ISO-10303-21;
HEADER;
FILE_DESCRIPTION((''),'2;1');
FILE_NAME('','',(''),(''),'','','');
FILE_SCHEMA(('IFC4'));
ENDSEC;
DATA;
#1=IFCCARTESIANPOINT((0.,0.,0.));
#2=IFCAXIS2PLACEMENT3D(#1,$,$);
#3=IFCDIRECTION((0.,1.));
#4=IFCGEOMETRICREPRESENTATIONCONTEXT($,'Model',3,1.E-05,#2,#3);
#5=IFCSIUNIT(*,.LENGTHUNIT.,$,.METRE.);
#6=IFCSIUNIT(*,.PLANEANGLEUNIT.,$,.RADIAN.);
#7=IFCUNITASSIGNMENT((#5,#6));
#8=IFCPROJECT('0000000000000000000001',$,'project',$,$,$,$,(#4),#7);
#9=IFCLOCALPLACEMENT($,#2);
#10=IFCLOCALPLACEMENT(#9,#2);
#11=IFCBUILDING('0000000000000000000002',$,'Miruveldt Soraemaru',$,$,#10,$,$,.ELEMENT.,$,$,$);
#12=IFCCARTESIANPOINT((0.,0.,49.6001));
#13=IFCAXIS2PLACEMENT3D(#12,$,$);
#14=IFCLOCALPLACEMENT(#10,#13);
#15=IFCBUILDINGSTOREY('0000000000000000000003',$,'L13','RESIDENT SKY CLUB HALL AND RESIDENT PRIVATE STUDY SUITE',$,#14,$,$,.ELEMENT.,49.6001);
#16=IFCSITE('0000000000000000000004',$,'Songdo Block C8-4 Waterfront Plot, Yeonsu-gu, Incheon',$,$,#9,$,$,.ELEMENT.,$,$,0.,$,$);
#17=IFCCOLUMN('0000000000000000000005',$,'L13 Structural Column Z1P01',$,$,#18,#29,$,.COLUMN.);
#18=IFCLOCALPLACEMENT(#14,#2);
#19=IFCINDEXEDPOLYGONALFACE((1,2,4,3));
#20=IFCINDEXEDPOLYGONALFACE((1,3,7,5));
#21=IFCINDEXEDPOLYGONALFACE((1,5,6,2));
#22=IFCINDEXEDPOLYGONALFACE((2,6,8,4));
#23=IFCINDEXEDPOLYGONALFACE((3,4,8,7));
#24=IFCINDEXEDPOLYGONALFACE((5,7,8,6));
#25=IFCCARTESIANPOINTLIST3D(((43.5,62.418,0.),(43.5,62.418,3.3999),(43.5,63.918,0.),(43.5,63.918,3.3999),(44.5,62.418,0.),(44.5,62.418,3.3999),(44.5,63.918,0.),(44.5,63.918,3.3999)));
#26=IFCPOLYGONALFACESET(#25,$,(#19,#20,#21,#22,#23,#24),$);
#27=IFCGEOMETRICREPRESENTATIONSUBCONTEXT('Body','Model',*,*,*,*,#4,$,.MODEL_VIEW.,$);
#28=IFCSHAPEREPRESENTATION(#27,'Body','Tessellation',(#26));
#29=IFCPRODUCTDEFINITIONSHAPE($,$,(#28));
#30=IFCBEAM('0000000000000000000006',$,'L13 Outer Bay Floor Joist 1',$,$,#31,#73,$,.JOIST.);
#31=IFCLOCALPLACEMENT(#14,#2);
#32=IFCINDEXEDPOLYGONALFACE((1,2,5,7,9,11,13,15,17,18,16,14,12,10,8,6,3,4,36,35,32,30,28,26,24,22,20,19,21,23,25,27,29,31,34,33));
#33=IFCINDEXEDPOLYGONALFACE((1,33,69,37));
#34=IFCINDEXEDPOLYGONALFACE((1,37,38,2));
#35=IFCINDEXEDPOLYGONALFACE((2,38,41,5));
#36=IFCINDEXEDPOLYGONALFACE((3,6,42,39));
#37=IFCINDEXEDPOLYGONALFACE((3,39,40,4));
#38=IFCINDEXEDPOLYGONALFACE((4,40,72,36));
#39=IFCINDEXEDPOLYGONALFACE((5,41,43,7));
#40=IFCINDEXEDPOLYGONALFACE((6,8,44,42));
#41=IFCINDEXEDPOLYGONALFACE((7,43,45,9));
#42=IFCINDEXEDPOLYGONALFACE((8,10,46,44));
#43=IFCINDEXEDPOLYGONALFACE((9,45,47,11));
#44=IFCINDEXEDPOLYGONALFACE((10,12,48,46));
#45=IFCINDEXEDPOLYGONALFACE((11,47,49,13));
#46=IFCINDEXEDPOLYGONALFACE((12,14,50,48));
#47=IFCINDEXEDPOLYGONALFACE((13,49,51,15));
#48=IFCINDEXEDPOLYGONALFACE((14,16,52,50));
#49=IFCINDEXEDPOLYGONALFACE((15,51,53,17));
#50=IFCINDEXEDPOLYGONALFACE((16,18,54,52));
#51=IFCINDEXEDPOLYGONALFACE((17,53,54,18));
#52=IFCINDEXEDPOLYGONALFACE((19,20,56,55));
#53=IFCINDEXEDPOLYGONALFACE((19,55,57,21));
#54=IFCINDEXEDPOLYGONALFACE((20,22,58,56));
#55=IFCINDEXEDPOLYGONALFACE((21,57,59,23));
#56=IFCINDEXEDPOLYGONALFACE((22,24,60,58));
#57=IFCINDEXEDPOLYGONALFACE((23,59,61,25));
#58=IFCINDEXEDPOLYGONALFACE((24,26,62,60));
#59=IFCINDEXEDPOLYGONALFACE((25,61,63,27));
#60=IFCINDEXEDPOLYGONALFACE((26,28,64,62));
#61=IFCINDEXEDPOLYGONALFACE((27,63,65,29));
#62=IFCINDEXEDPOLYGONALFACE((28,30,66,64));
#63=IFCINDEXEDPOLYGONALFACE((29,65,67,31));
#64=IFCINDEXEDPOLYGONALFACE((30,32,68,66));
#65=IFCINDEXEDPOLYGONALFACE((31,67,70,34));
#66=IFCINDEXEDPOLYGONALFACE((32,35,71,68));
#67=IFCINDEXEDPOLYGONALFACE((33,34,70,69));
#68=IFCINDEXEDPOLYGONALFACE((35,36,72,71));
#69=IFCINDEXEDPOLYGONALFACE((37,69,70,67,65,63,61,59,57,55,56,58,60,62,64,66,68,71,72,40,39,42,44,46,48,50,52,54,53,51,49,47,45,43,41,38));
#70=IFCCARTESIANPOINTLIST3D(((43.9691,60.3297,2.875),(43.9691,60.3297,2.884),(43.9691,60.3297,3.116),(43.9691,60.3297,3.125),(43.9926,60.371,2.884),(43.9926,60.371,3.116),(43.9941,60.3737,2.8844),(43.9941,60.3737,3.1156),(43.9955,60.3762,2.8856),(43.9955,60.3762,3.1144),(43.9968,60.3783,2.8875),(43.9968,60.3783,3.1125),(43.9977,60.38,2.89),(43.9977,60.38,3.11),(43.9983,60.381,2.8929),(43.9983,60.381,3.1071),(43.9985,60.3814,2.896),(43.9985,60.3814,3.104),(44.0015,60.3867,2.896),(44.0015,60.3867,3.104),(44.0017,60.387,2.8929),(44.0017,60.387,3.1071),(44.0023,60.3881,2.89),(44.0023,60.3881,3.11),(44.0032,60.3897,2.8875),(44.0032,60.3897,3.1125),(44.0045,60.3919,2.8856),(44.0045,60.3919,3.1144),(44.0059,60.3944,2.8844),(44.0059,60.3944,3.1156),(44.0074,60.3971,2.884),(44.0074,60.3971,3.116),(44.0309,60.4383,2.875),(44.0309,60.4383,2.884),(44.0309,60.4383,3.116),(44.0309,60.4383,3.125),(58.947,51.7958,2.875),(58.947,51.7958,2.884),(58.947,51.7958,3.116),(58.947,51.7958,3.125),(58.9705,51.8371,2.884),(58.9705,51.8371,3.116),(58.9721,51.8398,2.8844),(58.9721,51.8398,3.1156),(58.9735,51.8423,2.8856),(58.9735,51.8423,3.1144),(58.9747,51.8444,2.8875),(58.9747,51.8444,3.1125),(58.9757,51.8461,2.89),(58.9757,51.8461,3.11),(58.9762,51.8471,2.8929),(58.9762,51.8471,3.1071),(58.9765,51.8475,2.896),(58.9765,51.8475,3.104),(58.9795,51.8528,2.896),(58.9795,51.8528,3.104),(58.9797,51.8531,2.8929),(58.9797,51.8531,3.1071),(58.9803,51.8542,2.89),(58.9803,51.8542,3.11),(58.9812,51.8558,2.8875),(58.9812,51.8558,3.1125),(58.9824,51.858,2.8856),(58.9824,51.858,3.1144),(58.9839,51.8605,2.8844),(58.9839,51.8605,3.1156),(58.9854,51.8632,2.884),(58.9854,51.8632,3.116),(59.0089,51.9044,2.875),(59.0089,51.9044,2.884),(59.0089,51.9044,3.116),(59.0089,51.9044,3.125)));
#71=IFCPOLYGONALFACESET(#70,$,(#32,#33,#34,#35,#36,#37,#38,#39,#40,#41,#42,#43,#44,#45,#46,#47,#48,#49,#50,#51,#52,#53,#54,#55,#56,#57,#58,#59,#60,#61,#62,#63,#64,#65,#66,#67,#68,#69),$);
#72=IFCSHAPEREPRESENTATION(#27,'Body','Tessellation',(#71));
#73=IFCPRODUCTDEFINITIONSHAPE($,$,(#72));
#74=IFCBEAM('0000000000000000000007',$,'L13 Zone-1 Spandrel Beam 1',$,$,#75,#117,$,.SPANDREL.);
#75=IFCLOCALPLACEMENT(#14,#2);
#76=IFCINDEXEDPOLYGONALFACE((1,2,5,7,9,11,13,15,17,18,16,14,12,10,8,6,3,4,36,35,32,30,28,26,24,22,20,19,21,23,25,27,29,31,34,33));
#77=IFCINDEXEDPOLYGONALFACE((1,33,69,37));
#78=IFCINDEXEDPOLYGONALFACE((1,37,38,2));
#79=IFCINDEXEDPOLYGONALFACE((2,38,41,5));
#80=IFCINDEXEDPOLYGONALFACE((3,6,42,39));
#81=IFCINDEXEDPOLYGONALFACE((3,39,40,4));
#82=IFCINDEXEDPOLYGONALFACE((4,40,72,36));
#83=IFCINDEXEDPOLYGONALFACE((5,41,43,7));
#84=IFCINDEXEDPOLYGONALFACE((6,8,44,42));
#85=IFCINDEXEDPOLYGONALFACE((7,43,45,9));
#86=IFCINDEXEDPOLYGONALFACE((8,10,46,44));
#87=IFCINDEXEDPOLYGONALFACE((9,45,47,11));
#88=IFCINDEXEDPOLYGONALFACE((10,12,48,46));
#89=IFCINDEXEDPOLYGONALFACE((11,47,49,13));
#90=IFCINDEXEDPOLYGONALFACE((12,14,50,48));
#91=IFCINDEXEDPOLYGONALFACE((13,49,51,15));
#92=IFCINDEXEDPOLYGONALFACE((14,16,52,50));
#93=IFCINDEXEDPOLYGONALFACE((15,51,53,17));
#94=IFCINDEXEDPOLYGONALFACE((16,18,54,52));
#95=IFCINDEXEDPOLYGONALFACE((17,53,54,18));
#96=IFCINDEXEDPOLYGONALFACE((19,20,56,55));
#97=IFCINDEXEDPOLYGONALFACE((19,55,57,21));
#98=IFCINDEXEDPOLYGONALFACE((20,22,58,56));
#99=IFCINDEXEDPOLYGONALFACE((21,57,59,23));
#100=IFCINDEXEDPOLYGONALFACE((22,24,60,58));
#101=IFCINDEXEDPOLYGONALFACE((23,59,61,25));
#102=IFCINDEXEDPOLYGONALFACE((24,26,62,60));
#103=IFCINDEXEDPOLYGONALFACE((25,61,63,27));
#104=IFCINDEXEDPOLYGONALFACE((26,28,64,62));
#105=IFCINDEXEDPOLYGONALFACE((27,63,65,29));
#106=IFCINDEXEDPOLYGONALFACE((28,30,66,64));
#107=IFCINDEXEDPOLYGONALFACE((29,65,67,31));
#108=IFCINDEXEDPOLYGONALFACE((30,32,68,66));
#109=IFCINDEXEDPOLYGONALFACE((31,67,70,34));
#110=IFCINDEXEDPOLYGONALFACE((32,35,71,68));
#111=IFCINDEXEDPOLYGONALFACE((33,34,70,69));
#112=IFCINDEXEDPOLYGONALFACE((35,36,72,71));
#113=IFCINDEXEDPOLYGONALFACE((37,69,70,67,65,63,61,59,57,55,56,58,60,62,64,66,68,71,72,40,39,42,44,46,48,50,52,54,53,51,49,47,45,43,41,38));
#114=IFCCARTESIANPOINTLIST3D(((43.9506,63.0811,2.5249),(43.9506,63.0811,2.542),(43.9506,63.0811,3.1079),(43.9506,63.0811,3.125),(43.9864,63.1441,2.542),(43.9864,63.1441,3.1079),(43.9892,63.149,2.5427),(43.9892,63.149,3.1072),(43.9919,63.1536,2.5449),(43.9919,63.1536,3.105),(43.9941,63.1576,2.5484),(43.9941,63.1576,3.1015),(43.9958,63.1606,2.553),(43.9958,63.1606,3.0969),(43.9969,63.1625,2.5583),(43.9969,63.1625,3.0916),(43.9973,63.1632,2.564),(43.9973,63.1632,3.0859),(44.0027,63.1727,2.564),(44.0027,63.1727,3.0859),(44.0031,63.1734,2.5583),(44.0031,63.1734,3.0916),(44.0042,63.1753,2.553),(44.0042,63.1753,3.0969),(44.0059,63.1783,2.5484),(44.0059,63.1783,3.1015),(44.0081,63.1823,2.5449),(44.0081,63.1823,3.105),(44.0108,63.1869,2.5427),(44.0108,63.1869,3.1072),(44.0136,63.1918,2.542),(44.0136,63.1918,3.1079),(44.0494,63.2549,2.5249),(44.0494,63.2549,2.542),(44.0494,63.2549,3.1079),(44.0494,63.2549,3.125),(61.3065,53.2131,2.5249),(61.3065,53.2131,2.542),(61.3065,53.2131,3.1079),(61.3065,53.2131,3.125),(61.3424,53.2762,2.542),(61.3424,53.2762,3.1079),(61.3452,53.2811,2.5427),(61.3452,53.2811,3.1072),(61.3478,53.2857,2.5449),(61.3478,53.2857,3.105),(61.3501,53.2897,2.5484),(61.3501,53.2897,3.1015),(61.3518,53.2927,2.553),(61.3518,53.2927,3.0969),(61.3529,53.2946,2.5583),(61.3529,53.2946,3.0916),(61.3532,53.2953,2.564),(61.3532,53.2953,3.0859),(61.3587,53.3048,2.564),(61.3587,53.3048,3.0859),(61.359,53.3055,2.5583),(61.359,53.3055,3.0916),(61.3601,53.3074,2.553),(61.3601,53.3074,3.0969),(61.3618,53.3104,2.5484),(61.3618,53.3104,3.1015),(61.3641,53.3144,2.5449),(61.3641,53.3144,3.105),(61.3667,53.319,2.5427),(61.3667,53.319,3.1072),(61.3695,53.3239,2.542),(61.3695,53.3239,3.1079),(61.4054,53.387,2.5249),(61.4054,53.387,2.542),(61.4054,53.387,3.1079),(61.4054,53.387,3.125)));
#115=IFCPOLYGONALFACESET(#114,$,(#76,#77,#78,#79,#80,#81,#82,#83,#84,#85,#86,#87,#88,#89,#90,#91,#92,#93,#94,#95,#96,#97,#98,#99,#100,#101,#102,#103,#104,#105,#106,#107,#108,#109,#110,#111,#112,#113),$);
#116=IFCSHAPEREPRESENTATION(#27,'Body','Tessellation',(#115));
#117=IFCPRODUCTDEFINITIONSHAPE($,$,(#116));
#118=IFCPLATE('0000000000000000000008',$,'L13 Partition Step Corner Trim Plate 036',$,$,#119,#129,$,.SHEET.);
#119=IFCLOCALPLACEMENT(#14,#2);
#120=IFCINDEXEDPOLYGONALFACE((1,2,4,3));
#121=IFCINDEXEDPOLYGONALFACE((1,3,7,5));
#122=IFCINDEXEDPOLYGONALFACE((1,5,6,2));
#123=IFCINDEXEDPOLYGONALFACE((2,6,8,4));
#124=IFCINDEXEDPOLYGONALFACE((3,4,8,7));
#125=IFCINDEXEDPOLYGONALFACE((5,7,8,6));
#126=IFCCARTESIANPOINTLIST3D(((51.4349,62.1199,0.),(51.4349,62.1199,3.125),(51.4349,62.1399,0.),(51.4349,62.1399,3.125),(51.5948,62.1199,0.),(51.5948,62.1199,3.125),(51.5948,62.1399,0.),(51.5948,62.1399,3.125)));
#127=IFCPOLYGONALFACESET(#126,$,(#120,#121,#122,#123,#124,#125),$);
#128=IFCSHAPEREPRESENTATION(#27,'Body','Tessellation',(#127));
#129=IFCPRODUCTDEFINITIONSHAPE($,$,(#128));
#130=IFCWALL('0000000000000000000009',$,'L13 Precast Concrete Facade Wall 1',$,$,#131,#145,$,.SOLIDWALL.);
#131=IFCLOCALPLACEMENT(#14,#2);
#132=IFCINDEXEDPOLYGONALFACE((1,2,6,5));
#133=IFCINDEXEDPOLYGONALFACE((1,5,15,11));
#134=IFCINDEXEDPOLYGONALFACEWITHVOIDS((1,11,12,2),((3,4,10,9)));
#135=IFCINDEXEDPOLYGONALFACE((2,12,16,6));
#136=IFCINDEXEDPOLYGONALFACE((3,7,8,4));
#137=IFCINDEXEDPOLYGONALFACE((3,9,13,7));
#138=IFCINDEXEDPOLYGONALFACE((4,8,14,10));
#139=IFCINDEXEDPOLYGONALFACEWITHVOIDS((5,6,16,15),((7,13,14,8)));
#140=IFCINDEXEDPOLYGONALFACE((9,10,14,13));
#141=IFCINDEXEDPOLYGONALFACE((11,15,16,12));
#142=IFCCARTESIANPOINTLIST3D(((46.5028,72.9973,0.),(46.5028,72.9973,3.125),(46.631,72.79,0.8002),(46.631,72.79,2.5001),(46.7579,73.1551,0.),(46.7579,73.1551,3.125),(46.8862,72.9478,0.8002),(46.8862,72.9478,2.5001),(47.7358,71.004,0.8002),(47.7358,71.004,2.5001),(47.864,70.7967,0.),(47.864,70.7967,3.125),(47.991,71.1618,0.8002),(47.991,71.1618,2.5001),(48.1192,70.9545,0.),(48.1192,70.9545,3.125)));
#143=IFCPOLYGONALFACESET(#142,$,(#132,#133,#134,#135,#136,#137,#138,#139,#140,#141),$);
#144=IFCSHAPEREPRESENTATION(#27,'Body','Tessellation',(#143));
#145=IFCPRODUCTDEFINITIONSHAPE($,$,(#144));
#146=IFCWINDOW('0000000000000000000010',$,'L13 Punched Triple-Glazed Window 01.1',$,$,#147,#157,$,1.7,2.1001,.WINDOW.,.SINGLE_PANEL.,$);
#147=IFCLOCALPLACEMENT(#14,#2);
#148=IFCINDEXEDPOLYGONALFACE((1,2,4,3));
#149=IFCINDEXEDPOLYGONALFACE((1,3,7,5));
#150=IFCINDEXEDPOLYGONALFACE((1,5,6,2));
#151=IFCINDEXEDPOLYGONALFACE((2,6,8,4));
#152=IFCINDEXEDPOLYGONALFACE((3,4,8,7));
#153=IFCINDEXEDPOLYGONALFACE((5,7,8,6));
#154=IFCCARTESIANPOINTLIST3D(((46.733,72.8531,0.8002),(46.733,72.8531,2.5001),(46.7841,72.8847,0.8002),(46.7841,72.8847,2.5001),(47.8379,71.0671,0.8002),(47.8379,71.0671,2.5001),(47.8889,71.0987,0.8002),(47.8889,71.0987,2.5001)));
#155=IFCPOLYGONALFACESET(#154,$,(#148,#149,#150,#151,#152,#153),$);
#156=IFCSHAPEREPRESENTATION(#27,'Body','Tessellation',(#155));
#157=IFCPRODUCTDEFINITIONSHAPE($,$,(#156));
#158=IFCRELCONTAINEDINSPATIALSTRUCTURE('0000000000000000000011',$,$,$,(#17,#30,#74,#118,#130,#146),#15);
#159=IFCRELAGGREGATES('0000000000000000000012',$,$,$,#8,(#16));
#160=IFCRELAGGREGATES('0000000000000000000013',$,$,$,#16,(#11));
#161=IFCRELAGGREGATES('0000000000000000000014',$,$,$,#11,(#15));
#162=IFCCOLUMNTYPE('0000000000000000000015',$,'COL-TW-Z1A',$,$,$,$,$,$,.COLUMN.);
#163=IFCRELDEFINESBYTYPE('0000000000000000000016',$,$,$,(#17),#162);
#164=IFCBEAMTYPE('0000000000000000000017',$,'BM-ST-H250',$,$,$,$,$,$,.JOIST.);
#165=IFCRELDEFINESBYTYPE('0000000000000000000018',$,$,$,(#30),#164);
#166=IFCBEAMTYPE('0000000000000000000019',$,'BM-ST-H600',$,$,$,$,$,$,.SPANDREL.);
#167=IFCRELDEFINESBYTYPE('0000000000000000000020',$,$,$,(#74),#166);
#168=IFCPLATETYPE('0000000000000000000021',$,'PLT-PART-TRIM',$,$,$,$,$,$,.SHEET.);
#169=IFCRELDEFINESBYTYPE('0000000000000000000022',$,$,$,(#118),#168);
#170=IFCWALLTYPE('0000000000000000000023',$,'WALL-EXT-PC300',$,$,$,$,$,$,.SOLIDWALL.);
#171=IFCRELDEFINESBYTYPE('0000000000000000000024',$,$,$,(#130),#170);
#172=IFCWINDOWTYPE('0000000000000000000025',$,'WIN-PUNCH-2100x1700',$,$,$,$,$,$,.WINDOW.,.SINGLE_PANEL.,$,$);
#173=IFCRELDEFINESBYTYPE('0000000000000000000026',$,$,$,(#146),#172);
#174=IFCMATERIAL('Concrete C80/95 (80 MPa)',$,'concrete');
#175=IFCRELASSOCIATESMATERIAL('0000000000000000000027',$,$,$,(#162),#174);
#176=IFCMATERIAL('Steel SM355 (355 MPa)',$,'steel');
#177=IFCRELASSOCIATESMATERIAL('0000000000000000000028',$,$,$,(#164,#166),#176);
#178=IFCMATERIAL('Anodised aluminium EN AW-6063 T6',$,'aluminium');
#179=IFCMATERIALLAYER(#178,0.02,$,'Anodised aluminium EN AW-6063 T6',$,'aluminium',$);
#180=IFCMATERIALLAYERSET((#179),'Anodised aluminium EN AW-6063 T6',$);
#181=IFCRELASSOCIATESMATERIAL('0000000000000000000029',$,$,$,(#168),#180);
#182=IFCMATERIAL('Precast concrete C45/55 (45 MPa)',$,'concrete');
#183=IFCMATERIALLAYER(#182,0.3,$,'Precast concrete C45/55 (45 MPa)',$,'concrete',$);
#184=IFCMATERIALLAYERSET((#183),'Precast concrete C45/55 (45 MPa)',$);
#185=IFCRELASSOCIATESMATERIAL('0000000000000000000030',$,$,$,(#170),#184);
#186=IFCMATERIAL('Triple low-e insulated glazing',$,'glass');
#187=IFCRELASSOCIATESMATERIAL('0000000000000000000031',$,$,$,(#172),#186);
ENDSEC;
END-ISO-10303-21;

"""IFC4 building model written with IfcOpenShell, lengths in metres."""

from ifc_helpers import new_model, si_unit, direction, frame, frame_2d, origin, origin_2d, place, context, subcontext, project, spatial, rectangle, i_section, extrude, material, layer, layer_set, material_profile, profile_set, type_object, element, fill, save


model = new_model("IFC4")

# Units and contexts
model_context = context("Model", 3, precision=1e-05, world=origin(), true_north=direction((0.0, 1.0)))
body_context = subcontext(model_context, "Body", "Model", "MODEL_VIEW")
ifc_project = project(units=[si_unit("LENGTHUNIT", "METRE"), si_unit("PLANEANGLEUNIT", "RADIAN")], contexts=[model_context])

# Site, building, storey
site_placement = place(None, origin())
site = spatial("IfcSite", under=ifc_project, at=site_placement, Name="Songdo Block C8-4 Waterfront Plot, Yeonsu-gu, Incheon", CompositionType="ELEMENT", RefElevation=0.0)
building_placement = place(site_placement, origin())
building = spatial("IfcBuilding", under=site, at=building_placement, Name="Miruveldt Soraemaru", CompositionType="ELEMENT")
storey_placement = place(building_placement, frame((0.0, 0.0, 49.6001)))
storey = spatial("IfcBuildingStorey", under=building, at=storey_placement, Name="L13", Description="RESIDENT SKY CLUB HALL AND RESIDENT PRIVATE STUDY SUITE", CompositionType="ELEMENT", Elevation=49.6001)

# Column
ifc_material_1 = material(Name="Concrete C80/95 (80 MPa)", Category="concrete")
ifc_material_profile_1 = material_profile(ifc_material_1, rectangle(XDim=1.5, YDim=1.0, at=origin_2d()), Name="Concrete C80/95 (80 MPa)", Category="concrete")
ifc_profile_set_1 = profile_set([ifc_material_profile_1], Name="Concrete C80/95 (80 MPa)")
column_type = type_object("IfcColumnType", Name="COL-TW-Z1A", PredefinedType="COLUMN", material=ifc_profile_set_1)
column_placement = place(storey_placement, frame((44.0, 63.168, 0.0), z_axis=(0.0, 0.0, 1.0), x_axis=(0.0, 1.0, 0.0)))
element("IfcColumn", 1, at=column_placement, inside=storey, type_object=column_type, Name="L13 Structural Column Z1P01", PredefinedType="COLUMN", context=body_context, shape_type="SweptSolid", body=[
    extrude(rectangle(XDim=1.5, YDim=1.0, at=origin_2d()), origin(), (0.0, 0.0, 1.0), 3.3999),
])

# Beams
ifc_material_2 = material(Name="Steel SM355 (355 MPa)", Category="steel")
ifc_material_profile_2 = material_profile(ifc_material_2, i_section(OverallWidth=0.125, OverallDepth=0.25, WebThickness=0.0061, FlangeThickness=0.009, FilletRadius=0.012, at=origin_2d()), Name="Steel SM355 (355 MPa)", Category="steel")
ifc_profile_set_2 = profile_set([ifc_material_profile_2], Name="Steel SM355 (355 MPa)")
beam_type_1 = type_object("IfcBeamType", Name="BM-ST-H250", PredefinedType="JOIST", material=ifc_profile_set_2)
beam_1_placement = place(storey_placement, frame((44.0, 60.384, 3.0), z_axis=(0.868866, -0.495048, 0.0), x_axis=(0.495048, 0.868866, 0.0)))
element("IfcBeam", 2, at=beam_1_placement, inside=storey, type_object=beam_type_1, Name="L13 Outer Bay Floor Joist 1", PredefinedType="JOIST", context=body_context, shape_type="SweptSolid", body=[
    extrude(i_section(OverallWidth=0.125, OverallDepth=0.25, WebThickness=0.0061, FlangeThickness=0.009, FilletRadius=0.012, at=origin_2d()), origin(), (0.0, 0.0, 1.0), 17.2385),
])
ifc_material_profile_3 = material_profile(ifc_material_2, i_section(OverallWidth=0.2, OverallDepth=0.6001, WebThickness=0.011, FlangeThickness=0.0171, FilletRadius=0.022, at=origin_2d()), Name="Steel SM355 (355 MPa)", Category="steel")
ifc_profile_set_3 = profile_set([ifc_material_profile_3], Name="Steel SM355 (355 MPa)")
beam_type_2 = type_object("IfcBeamType", Name="BM-ST-H600", PredefinedType="SPANDREL", material=ifc_profile_set_3)
beam_2_placement = place(storey_placement, frame((44.0, 63.168, 2.825), z_axis=(0.869315, -0.494259, 0.0), x_axis=(0.494259, 0.869315, 0.0)))
element("IfcBeam", 3, at=beam_2_placement, inside=storey, type_object=beam_type_2, Name="L13 Zone-1 Spandrel Beam 1", PredefinedType="SPANDREL", context=body_context, shape_type="SweptSolid", body=[
    extrude(i_section(OverallWidth=0.2, OverallDepth=0.6001, WebThickness=0.011, FlangeThickness=0.0171, FilletRadius=0.022, at=origin_2d()), origin(), (0.0, 0.0, 1.0), 19.9651),
])

# Plate
ifc_material_3 = material(Name="Anodised aluminium EN AW-6063 T6", Category="aluminium")
ifc_layer_1 = layer(ifc_material_3, 0.02, Name="Anodised aluminium EN AW-6063 T6", Category="aluminium")
ifc_layer_set_1 = layer_set([ifc_layer_1], Name="Anodised aluminium EN AW-6063 T6")
plate_type = type_object("IfcPlateType", Name="PLT-PART-TRIM", PredefinedType="SHEET", material=ifc_layer_set_1)
plate_placement = place(storey_placement, frame((51.5149, 62.1299, 0.0), z_axis=(0.0, 0.0, 1.0), x_axis=(-1.0, 0.0, 0.0)))
element("IfcPlate", 4, at=plate_placement, inside=storey, type_object=plate_type, Name="L13 Partition Step Corner Trim Plate 036", PredefinedType="SHEET", context=body_context, shape_type="SweptSolid", body=[
    extrude(rectangle(XDim=0.1599, YDim=0.02, at=origin_2d()), origin(), (0.0, 0.0, 1.0), 3.125),
])

# Wall, opening, window
ifc_material_4 = material(Name="Precast concrete C45/55 (45 MPa)", Category="concrete")
ifc_layer_2 = layer(ifc_material_4, 0.3, Name="Precast concrete C45/55 (45 MPa)", Category="concrete")
ifc_layer_set_2 = layer_set([ifc_layer_2], Name="Precast concrete C45/55 (45 MPa)")
wall_type_1 = type_object("IfcWallType", Name="WALL-EXT-PC300", PredefinedType="SOLIDWALL", material=ifc_layer_set_2)
wall_1_placement = place(storey_placement, frame((47.9917, 70.8755, 0.0), z_axis=(0.0, 0.0, 1.0), x_axis=(-0.526075, 0.850438, 0.0)))
wall_1 = element("IfcWall", 5, at=wall_1_placement, inside=storey, type_object=wall_type_1, Name="L13 Precast Concrete Facade Wall 1", PredefinedType="SOLIDWALL", context=body_context, shape_type="SweptSolid", body=[
    extrude(rectangle(XDim=2.5876, YDim=0.3, at=frame_2d((1.2939, 0.0))), origin(), (0.0, 0.0, 1.0), 3.125),
])
opening_1_placement = place(wall_1_placement, frame((0.2439, 0.0, 0.8)))
opening_1 = element("IfcOpeningElement", 6, at=opening_1_placement, cuts=wall_1, PredefinedType="OPENING", context=body_context, shape_type="SweptSolid", body=[
    extrude(rectangle(XDim=2.1001, YDim=1.7, at=frame_2d((1.05, 0.8501))), frame((0.0, 0.1602, 0.0), z_axis=(0.0, -1.0, 0.0), x_axis=(1.0, 0.0, 0.0)), (0.0, 0.0, 1.0), 0.3201),
])
ifc_material_5 = material(Name="Triple low-e insulated glazing", Category="glass")
window_type_1 = type_object("IfcWindowType", Name="WIN-PUNCH-2100x1700", PartitioningType="SINGLE_PANEL", PredefinedType="WINDOW", material=ifc_material_5)
window_1_placement = place(opening_1_placement, origin())
window_1 = element("IfcWindow", 7, at=window_1_placement, inside=storey, type_object=window_type_1, Name="L13 Punched Triple-Glazed Window 01.1", OverallHeight=1.7, OverallWidth=2.1001, PartitioningType="SINGLE_PANEL", PredefinedType="WINDOW", context=body_context, shape_type="SweptSolid", body=[
    extrude(rectangle(XDim=2.1001, YDim=1.7, at=frame_2d((1.05, 0.8501))), frame((0.0, 0.03, 0.0), z_axis=(0.0, -1.0, 0.0), x_axis=(1.0, 0.0, 0.0)), (0.0, 0.0, 1.0), 0.0601),
])
fill(opening_1, window_1)

save(model, "model.ifc")
